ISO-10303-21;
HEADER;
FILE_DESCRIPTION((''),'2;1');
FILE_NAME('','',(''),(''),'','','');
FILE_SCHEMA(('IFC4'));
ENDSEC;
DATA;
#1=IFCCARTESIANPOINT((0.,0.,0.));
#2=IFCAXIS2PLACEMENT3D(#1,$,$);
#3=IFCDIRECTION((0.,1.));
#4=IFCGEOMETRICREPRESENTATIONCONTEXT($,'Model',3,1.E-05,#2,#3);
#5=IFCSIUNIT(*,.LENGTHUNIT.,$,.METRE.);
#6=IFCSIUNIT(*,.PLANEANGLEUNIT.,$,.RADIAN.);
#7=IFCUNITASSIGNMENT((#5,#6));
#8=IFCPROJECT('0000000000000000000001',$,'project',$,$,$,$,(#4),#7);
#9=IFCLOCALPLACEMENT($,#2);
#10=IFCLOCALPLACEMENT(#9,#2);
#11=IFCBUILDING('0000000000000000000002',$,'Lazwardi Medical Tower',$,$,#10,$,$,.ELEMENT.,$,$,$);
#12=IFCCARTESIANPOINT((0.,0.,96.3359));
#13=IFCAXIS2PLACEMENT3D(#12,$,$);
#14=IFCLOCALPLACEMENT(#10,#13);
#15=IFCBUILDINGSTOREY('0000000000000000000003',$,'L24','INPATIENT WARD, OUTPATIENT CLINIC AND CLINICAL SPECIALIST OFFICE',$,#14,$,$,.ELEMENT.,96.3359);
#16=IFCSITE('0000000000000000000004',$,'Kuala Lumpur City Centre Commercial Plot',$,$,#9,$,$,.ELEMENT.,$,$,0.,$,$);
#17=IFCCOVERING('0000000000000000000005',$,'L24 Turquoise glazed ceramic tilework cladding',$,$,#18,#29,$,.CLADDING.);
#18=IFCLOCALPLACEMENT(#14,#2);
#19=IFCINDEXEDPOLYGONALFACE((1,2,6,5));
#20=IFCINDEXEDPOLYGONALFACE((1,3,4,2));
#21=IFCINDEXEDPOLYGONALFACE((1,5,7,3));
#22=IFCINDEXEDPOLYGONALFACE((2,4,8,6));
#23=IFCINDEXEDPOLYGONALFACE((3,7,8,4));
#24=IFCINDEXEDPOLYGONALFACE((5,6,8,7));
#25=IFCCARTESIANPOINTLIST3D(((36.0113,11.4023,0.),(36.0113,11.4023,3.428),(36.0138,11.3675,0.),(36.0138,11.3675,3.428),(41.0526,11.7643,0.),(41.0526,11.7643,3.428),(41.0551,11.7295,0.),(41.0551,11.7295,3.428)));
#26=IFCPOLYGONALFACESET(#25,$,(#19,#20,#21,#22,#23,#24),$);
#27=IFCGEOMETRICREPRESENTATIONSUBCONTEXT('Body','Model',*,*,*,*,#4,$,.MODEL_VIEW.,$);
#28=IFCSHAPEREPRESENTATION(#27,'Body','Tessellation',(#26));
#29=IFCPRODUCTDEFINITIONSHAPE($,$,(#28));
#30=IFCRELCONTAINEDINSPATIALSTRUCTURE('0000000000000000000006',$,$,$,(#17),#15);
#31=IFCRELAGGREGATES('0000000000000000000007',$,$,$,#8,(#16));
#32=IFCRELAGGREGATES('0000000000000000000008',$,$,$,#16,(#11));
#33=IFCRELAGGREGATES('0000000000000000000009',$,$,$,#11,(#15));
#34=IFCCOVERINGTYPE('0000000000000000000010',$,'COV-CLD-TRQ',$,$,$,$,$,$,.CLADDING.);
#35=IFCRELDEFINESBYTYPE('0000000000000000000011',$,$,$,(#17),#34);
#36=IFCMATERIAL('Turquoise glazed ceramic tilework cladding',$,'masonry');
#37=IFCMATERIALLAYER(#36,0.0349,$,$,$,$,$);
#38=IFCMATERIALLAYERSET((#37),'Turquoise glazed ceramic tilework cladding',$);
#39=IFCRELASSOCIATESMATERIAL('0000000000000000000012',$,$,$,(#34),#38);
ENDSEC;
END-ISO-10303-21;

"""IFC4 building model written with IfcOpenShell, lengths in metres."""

from ifc_helpers import new_model, si_unit, direction, frame, origin, origin_2d, place, context, subcontext, project, spatial, rectangle, extrude, material, layer, layer_set, type_object, element, save


model = new_model("IFC4")

# Units and contexts
model_context = context("Model", 3, precision=1e-05, world=origin(), true_north=direction((0.0, 1.0)))
body_context = subcontext(model_context, "Body", "Model", "MODEL_VIEW")
ifc_project = project(units=[si_unit("LENGTHUNIT", "METRE"), si_unit("PLANEANGLEUNIT", "RADIAN")], contexts=[model_context])

# Site, building, storey
site_placement = place(None, origin())
site = spatial("IfcSite", under=ifc_project, at=site_placement, Name="Kuala Lumpur City Centre Commercial Plot", CompositionType="ELEMENT", RefElevation=0.0)
building_placement = place(site_placement, origin())
building = spatial("IfcBuilding", under=site, at=building_placement, Name="Lazwardi Medical Tower", CompositionType="ELEMENT")
storey_placement = place(building_placement, frame((0.0, 0.0, 96.3359)))
storey = spatial("IfcBuildingStorey", under=building, at=storey_placement, Name="L24", Description="INPATIENT WARD, OUTPATIENT CLINIC AND CLINICAL SPECIALIST OFFICE", CompositionType="ELEMENT", Elevation=96.3359)

# Covering
ifc_material_1 = material(Name="Turquoise glazed ceramic tilework cladding", Category="masonry")
ifc_layer_1 = layer(ifc_material_1, 0.0349)
ifc_layer_set_1 = layer_set([ifc_layer_1], Name="Turquoise glazed ceramic tilework cladding")
covering_type_1 = type_object("IfcCoveringType", Name="COV-CLD-TRQ", PredefinedType="CLADDING", material=ifc_layer_set_1)
covering_1_placement = place(storey_placement, frame((38.5332, 11.5659, 0.0), z_axis=(0.0, 0.0, 1.0), x_axis=(0.997432, 0.071625, 0.0)))
element("IfcCovering", 1, at=covering_1_placement, inside=storey, type_object=covering_type_1, Name="L24 Turquoise glazed ceramic tilework cladding", PredefinedType="CLADDING", context=body_context, shape_type="SweptSolid", body=[
    extrude(rectangle(XDim=5.0542, YDim=0.0349, at=origin_2d()), origin(), (0.0, 0.0, 1.0), 3.428),
])

save(model, "model.ifc")
